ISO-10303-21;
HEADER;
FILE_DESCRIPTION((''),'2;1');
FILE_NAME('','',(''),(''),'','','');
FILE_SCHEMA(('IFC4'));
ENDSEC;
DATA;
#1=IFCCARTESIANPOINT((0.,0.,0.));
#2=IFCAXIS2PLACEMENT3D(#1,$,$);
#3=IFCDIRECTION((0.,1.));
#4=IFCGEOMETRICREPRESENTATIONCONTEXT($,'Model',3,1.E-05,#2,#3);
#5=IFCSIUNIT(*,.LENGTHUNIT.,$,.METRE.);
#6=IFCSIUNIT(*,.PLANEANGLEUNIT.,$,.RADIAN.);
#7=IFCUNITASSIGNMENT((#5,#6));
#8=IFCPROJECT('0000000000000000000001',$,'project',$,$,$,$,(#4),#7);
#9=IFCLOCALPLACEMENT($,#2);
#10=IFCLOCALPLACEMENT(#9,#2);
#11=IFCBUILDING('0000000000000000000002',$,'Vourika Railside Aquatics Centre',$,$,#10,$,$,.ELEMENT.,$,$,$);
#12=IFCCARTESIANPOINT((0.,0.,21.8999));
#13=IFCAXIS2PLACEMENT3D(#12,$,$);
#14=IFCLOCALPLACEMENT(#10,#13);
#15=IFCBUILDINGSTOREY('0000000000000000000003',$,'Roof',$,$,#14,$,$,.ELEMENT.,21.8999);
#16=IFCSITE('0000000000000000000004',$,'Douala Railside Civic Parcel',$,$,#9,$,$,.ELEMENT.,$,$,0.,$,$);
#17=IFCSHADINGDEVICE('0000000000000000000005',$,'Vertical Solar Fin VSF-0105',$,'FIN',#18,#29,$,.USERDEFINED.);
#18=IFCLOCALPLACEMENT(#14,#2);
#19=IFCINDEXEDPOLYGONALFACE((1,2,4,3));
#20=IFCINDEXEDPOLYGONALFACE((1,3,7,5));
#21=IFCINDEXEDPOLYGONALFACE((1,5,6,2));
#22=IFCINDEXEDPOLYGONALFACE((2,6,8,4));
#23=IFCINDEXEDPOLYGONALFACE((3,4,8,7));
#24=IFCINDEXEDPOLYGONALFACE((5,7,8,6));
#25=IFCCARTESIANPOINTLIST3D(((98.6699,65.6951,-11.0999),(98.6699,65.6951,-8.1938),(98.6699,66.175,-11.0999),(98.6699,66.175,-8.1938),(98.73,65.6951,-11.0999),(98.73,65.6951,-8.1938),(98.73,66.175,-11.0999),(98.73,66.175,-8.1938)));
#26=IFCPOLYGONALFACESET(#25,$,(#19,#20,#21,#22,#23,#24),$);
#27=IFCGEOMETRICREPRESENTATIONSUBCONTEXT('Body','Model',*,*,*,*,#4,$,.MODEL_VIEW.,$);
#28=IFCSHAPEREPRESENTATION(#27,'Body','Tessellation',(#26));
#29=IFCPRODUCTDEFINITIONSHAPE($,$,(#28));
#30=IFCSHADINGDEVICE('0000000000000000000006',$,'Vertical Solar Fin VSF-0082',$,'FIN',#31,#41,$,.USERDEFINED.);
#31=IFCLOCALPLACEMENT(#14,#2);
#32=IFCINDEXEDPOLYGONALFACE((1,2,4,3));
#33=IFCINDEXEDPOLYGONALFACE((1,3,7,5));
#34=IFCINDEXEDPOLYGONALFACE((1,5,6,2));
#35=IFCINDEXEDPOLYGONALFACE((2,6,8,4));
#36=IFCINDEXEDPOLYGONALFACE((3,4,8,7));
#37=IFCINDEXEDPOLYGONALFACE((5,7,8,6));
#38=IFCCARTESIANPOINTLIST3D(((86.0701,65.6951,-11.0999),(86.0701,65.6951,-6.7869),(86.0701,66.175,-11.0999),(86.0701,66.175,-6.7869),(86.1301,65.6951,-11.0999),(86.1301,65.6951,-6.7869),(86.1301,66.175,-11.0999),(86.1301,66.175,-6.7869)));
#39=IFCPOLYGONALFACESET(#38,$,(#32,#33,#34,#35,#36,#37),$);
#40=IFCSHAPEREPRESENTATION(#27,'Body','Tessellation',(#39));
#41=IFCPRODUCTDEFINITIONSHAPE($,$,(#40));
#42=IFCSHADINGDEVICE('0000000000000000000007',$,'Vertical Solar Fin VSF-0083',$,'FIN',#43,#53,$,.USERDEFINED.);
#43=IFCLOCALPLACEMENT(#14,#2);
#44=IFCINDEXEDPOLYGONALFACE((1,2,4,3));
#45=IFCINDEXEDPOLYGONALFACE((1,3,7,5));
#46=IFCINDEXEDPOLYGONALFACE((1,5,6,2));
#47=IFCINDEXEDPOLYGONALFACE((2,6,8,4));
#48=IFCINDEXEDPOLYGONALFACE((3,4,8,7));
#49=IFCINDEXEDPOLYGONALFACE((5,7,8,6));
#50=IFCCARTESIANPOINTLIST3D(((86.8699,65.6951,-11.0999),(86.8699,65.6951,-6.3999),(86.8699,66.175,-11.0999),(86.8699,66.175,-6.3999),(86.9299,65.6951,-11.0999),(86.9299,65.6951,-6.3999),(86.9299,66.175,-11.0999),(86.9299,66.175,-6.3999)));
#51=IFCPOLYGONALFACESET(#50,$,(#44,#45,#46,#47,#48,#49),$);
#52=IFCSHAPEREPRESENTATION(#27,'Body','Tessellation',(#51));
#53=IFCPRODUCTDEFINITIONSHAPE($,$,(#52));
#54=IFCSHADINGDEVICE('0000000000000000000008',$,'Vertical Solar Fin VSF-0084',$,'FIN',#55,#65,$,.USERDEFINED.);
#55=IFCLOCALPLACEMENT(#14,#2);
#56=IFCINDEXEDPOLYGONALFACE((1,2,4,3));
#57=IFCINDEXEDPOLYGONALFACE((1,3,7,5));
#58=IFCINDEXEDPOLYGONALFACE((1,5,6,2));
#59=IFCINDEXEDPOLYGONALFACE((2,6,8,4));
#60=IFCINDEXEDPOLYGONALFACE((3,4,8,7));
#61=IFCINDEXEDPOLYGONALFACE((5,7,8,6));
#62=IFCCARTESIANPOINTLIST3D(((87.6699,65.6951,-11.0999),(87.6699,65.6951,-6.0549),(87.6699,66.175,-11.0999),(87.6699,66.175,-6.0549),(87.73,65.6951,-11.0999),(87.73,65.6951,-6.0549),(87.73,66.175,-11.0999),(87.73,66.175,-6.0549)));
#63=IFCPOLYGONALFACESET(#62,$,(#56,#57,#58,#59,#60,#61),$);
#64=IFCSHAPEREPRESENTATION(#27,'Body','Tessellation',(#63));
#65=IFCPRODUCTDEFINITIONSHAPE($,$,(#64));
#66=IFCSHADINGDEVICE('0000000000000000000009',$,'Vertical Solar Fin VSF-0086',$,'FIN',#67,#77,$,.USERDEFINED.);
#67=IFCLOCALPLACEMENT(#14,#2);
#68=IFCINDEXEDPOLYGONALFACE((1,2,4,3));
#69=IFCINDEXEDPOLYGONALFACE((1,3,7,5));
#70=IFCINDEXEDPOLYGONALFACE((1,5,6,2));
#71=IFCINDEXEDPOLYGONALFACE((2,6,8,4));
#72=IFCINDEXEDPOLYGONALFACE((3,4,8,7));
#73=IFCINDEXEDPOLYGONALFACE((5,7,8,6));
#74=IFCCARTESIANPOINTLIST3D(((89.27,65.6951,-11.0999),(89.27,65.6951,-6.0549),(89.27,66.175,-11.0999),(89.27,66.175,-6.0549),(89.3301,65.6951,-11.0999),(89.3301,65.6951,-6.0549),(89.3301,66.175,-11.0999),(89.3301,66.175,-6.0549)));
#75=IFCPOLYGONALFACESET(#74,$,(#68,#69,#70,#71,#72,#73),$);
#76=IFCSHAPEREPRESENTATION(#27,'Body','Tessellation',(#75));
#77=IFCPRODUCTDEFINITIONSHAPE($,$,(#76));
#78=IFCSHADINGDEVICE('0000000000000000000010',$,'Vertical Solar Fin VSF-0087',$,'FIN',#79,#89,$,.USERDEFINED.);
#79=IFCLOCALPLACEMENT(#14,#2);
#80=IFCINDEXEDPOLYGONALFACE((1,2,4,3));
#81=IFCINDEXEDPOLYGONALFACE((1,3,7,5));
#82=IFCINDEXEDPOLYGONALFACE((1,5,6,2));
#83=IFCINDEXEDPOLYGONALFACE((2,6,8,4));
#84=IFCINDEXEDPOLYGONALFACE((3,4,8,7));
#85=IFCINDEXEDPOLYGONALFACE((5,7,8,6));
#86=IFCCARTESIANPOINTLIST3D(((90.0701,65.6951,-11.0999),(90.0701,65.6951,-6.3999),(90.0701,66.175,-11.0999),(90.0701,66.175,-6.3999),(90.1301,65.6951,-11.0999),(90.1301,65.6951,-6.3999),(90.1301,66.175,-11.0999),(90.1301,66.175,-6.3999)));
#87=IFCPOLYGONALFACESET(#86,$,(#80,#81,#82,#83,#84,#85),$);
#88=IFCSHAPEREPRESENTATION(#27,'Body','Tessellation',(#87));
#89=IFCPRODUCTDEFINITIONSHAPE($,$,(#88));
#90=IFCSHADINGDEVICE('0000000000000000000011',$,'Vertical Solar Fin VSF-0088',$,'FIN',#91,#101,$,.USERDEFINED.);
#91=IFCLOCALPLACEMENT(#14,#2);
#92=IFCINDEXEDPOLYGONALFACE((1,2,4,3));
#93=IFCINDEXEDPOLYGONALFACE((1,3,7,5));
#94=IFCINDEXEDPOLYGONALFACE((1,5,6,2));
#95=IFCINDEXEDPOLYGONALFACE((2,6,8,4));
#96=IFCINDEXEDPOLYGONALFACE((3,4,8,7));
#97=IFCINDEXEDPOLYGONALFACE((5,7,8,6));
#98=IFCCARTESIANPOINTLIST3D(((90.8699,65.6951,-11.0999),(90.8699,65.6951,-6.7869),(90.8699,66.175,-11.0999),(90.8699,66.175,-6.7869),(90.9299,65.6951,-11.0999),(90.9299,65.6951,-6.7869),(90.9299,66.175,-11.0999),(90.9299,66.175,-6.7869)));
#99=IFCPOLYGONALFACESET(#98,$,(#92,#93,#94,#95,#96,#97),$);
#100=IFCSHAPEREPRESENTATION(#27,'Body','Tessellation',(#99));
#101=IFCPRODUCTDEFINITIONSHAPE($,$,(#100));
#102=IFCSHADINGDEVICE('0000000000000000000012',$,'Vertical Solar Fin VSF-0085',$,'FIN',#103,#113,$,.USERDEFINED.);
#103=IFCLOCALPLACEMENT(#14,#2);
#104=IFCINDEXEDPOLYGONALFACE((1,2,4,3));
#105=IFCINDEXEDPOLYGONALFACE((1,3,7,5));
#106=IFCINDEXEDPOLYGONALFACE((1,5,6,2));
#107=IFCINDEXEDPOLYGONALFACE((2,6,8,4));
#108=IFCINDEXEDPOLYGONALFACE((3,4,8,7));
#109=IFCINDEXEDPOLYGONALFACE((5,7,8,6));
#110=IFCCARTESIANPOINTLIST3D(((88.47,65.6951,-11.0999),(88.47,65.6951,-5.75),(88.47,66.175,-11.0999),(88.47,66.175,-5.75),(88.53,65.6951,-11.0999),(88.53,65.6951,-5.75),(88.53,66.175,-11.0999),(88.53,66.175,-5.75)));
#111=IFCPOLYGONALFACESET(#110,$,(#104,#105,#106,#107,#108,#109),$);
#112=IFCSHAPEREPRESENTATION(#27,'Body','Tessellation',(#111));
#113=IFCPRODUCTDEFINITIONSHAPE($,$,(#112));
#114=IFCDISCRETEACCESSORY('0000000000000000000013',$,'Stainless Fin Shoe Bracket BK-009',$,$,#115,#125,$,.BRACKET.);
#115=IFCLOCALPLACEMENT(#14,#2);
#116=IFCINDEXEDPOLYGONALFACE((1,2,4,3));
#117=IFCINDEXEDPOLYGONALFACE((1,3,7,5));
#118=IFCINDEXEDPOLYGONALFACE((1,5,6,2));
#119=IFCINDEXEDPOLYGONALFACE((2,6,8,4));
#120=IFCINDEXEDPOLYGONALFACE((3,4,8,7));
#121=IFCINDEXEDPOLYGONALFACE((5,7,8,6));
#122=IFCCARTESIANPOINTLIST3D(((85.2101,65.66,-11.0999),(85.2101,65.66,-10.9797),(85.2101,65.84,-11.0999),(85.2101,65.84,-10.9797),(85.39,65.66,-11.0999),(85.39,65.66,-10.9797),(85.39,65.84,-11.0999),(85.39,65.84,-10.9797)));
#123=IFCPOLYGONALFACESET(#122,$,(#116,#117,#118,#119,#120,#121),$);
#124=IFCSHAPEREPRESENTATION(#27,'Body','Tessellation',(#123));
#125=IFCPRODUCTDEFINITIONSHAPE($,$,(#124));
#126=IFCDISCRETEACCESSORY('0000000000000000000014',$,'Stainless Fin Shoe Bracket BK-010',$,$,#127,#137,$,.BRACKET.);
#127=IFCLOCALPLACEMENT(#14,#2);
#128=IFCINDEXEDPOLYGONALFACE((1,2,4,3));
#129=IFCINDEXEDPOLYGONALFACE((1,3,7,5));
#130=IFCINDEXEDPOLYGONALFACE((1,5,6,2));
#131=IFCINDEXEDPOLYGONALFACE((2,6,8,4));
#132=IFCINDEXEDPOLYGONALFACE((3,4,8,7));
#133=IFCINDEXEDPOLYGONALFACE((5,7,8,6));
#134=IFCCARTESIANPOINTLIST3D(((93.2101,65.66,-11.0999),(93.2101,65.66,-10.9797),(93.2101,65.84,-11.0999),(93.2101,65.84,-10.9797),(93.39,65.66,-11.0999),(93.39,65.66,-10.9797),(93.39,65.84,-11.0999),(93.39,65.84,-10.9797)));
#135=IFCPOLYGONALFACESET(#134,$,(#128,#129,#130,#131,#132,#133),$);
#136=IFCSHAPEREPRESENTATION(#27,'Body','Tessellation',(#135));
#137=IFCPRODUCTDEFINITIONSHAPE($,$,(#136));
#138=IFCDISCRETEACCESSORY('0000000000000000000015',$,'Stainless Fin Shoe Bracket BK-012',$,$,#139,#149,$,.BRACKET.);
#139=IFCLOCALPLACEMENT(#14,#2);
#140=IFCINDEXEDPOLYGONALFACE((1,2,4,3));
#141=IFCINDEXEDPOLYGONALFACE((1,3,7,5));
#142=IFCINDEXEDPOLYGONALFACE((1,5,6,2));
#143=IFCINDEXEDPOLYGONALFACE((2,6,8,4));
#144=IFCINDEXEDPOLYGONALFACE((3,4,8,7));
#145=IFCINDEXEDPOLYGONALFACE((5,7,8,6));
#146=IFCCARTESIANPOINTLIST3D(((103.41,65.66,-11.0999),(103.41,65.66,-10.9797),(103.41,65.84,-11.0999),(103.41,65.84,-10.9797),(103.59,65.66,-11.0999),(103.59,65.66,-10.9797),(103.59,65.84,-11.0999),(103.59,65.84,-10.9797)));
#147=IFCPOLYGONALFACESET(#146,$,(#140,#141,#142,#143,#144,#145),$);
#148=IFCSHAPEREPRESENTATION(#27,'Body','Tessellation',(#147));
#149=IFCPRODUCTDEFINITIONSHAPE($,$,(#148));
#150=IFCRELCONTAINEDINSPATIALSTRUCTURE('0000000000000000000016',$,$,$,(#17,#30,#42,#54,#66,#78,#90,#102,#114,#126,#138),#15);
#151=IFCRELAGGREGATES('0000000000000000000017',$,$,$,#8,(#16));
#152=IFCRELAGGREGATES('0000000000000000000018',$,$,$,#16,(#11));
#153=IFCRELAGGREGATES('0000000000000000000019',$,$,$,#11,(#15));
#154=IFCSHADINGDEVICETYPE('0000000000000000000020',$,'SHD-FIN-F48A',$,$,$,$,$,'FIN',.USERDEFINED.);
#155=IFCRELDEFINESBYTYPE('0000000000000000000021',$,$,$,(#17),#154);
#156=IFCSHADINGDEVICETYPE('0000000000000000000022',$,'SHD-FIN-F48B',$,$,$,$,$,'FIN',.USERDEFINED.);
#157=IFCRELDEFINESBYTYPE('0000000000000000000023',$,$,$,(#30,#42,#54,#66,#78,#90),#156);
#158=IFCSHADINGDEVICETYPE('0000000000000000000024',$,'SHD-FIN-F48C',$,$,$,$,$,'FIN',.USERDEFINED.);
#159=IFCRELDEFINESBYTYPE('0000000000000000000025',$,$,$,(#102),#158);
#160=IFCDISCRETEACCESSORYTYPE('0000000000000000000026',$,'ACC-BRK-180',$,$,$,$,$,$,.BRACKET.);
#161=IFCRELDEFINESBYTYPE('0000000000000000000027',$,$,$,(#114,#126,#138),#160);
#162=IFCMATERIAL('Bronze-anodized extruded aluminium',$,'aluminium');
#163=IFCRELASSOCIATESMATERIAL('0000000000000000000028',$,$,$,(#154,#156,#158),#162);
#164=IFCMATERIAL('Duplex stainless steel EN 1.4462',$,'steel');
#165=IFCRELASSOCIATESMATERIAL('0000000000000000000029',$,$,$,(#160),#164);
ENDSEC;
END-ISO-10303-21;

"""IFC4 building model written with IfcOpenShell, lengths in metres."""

from ifc_helpers import new_model, si_unit, direction, frame, origin, origin_2d, place, context, subcontext, project, spatial, rectangle, extrude, material, material_profile, profile_set, type_object, element, save


model = new_model("IFC4")

# Units and contexts
model_context = context("Model", 3, precision=1e-05, world=origin(), true_north=direction((0.0, 1.0)))
body_context = subcontext(model_context, "Body", "Model", "MODEL_VIEW")
ifc_project = project(units=[si_unit("LENGTHUNIT", "METRE"), si_unit("PLANEANGLEUNIT", "RADIAN")], contexts=[model_context])

# Site, building, storey
site_placement = place(None, origin())
site = spatial("IfcSite", under=ifc_project, at=site_placement, Name="Douala Railside Civic Parcel", CompositionType="ELEMENT", RefElevation=0.0)
building_placement = place(site_placement, origin())
building = spatial("IfcBuilding", under=site, at=building_placement, Name="Vourika Railside Aquatics Centre", CompositionType="ELEMENT")
storey_placement = place(building_placement, frame((0.0, 0.0, 21.8999)))
storey = spatial("IfcBuildingStorey", under=building, at=storey_placement, Name="Roof", CompositionType="ELEMENT", Elevation=21.8999)

# Shading devices
ifc_material_1 = material(Name="Bronze-anodized extruded aluminium", Category="aluminium")
ifc_material_profile_1 = material_profile(ifc_material_1, rectangle(XDim=0.0601, YDim=0.48, at=origin_2d()), Name="ALU-FIN 60x480")
ifc_profile_set_1 = profile_set([ifc_material_profile_1], Name="Bronze-anodized extruded aluminium")
shading_device_type_1 = type_object("IfcShadingDeviceType", Name="SHD-FIN-F48A", ElementType="FIN", PredefinedType="USERDEFINED", material=ifc_profile_set_1)
for number, where, z_axis, x_axis, name in (
    (1, (98.7, 65.9351, -11.0999), (0.0, 0.0, 1.0), (1.0, 0.0, 0.0), "Vertical Solar Fin VSF-0105"),
):
    element("IfcShadingDevice", number, at=place(storey_placement, frame(where, z_axis=z_axis, x_axis=x_axis)), inside=storey, type_object=shading_device_type_1, Name=name, ObjectType="FIN", PredefinedType="USERDEFINED", context=body_context, shape_type="SweptSolid", body=[
        extrude(rectangle(XDim=0.0601, YDim=0.48, at=origin_2d()), origin(), (0.0, 0.0, 1.0), 2.906),
    ])
ifc_material_profile_2 = material_profile(ifc_material_1, rectangle(XDim=0.0601, YDim=0.48, at=origin_2d()), Name="ALU-FIN 60x480")
ifc_profile_set_2 = profile_set([ifc_material_profile_2], Name="Bronze-anodized extruded aluminium")
shading_device_type_2 = type_object("IfcShadingDeviceType", Name="SHD-FIN-F48B", ElementType="FIN", PredefinedType="USERDEFINED", material=ifc_profile_set_2)
shading_device_1_placement = place(storey_placement, frame((86.1001, 65.9351, -11.0999), z_axis=(0.0, 0.0, 1.0), x_axis=(1.0, 0.0, 0.0)))
element("IfcShadingDevice", 2, at=shading_device_1_placement, inside=storey, type_object=shading_device_type_2, Name="Vertical Solar Fin VSF-0082", ObjectType="FIN", PredefinedType="USERDEFINED", context=body_context, shape_type="SweptSolid", body=[
    extrude(rectangle(XDim=0.0601, YDim=0.48, at=origin_2d()), origin(), (0.0, 0.0, 1.0), 4.313),
])
shading_device_2_placement = place(storey_placement, frame((86.8999, 65.9351, -11.0999), z_axis=(0.0, 0.0, 1.0), x_axis=(1.0, 0.0, 0.0)))
element("IfcShadingDevice", 3, at=shading_device_2_placement, inside=storey, type_object=shading_device_type_2, Name="Vertical Solar Fin VSF-0083", ObjectType="FIN", PredefinedType="USERDEFINED", context=body_context, shape_type="SweptSolid", body=[
    extrude(rectangle(XDim=0.0601, YDim=0.48, at=origin_2d()), origin(), (0.0, 0.0, 1.0), 4.7),
])
for number, where, z_axis, x_axis, name in (
    (4, (87.7, 65.9351, -11.0999), (0.0, 0.0, 1.0), (1.0, 0.0, 0.0), "Vertical Solar Fin VSF-0084"),
    (5, (89.3, 65.9351, -11.0999), (0.0, 0.0, 1.0), (1.0, 0.0, 0.0), "Vertical Solar Fin VSF-0086"),
):
    element("IfcShadingDevice", number, at=place(storey_placement, frame(where, z_axis=z_axis, x_axis=x_axis)), inside=storey, type_object=shading_device_type_2, Name=name, ObjectType="FIN", PredefinedType="USERDEFINED", context=body_context, shape_type="SweptSolid", body=[
        extrude(rectangle(XDim=0.0601, YDim=0.48, at=origin_2d()), origin(), (0.0, 0.0, 1.0), 5.0449),
    ])
shading_device_3_placement = place(storey_placement, frame((90.1001, 65.9351, -11.0999), z_axis=(0.0, 0.0, 1.0), x_axis=(1.0, 0.0, 0.0)))
element("IfcShadingDevice", 6, at=shading_device_3_placement, inside=storey, type_object=shading_device_type_2, Name="Vertical Solar Fin VSF-0087", ObjectType="FIN", PredefinedType="USERDEFINED", context=body_context, shape_type="SweptSolid", body=[
    extrude(rectangle(XDim=0.0601, YDim=0.48, at=origin_2d()), origin(), (0.0, 0.0, 1.0), 4.7),
])
shading_device_4_placement = place(storey_placement, frame((90.8999, 65.9351, -11.0999), z_axis=(0.0, 0.0, 1.0), x_axis=(1.0, 0.0, 0.0)))
element("IfcShadingDevice", 7, at=shading_device_4_placement, inside=storey, type_object=shading_device_type_2, Name="Vertical Solar Fin VSF-0088", ObjectType="FIN", PredefinedType="USERDEFINED", context=body_context, shape_type="SweptSolid", body=[
    extrude(rectangle(XDim=0.0601, YDim=0.48, at=origin_2d()), origin(), (0.0, 0.0, 1.0), 4.313),
])
ifc_material_profile_3 = material_profile(ifc_material_1, rectangle(XDim=0.0601, YDim=0.48, at=origin_2d()), Name="ALU-FIN 60x480")
ifc_profile_set_3 = profile_set([ifc_material_profile_3], Name="Bronze-anodized extruded aluminium")
shading_device_type_3 = type_object("IfcShadingDeviceType", Name="SHD-FIN-F48C", ElementType="FIN", PredefinedType="USERDEFINED", material=ifc_profile_set_3)
shading_device_5_placement = place(storey_placement, frame((88.5, 65.9351, -11.0999), z_axis=(0.0, 0.0, 1.0), x_axis=(1.0, 0.0, 0.0)))
element("IfcShadingDevice", 8, at=shading_device_5_placement, inside=storey, type_object=shading_device_type_3, Name="Vertical Solar Fin VSF-0085", ObjectType="FIN", PredefinedType="USERDEFINED", context=body_context, shape_type="SweptSolid", body=[
    extrude(rectangle(XDim=0.0601, YDim=0.48, at=origin_2d()), origin(), (0.0, 0.0, 1.0), 5.3499),
])

# Discrete accessories
ifc_material_2 = material(Name="Duplex stainless steel EN 1.4462", Category="steel")
discrete_accessory_type = type_object("IfcDiscreteAccessoryType", Name="ACC-BRK-180", PredefinedType="BRACKET", material=ifc_material_2)
for number, where, z_axis, x_axis, name in (
    (9, (85.3, 65.75, -11.0999), (0.0, 0.0, 1.0), (0.0, 1.0, 0.0), "Stainless Fin Shoe Bracket BK-009"),
    (10, (93.3, 65.75, -11.0999), (0.0, 0.0, 1.0), (0.0, 1.0, 0.0), "Stainless Fin Shoe Bracket BK-010"),
    (11, (103.5, 65.75, -11.0999), (0.0, 0.0, 1.0), (0.0, 1.0, 0.0), "Stainless Fin Shoe Bracket BK-012"),
):
    element("IfcDiscreteAccessory", number, at=place(storey_placement, frame(where, z_axis=z_axis, x_axis=x_axis)), inside=storey, type_object=discrete_accessory_type, Name=name, PredefinedType="BRACKET", context=body_context, shape_type="SweptSolid", body=[
        extrude(rectangle(XDim=0.1799, YDim=0.1799, at=origin_2d()), origin(), (0.0, 0.0, 1.0), 0.1201),
    ])

save(model, "model.ifc")
